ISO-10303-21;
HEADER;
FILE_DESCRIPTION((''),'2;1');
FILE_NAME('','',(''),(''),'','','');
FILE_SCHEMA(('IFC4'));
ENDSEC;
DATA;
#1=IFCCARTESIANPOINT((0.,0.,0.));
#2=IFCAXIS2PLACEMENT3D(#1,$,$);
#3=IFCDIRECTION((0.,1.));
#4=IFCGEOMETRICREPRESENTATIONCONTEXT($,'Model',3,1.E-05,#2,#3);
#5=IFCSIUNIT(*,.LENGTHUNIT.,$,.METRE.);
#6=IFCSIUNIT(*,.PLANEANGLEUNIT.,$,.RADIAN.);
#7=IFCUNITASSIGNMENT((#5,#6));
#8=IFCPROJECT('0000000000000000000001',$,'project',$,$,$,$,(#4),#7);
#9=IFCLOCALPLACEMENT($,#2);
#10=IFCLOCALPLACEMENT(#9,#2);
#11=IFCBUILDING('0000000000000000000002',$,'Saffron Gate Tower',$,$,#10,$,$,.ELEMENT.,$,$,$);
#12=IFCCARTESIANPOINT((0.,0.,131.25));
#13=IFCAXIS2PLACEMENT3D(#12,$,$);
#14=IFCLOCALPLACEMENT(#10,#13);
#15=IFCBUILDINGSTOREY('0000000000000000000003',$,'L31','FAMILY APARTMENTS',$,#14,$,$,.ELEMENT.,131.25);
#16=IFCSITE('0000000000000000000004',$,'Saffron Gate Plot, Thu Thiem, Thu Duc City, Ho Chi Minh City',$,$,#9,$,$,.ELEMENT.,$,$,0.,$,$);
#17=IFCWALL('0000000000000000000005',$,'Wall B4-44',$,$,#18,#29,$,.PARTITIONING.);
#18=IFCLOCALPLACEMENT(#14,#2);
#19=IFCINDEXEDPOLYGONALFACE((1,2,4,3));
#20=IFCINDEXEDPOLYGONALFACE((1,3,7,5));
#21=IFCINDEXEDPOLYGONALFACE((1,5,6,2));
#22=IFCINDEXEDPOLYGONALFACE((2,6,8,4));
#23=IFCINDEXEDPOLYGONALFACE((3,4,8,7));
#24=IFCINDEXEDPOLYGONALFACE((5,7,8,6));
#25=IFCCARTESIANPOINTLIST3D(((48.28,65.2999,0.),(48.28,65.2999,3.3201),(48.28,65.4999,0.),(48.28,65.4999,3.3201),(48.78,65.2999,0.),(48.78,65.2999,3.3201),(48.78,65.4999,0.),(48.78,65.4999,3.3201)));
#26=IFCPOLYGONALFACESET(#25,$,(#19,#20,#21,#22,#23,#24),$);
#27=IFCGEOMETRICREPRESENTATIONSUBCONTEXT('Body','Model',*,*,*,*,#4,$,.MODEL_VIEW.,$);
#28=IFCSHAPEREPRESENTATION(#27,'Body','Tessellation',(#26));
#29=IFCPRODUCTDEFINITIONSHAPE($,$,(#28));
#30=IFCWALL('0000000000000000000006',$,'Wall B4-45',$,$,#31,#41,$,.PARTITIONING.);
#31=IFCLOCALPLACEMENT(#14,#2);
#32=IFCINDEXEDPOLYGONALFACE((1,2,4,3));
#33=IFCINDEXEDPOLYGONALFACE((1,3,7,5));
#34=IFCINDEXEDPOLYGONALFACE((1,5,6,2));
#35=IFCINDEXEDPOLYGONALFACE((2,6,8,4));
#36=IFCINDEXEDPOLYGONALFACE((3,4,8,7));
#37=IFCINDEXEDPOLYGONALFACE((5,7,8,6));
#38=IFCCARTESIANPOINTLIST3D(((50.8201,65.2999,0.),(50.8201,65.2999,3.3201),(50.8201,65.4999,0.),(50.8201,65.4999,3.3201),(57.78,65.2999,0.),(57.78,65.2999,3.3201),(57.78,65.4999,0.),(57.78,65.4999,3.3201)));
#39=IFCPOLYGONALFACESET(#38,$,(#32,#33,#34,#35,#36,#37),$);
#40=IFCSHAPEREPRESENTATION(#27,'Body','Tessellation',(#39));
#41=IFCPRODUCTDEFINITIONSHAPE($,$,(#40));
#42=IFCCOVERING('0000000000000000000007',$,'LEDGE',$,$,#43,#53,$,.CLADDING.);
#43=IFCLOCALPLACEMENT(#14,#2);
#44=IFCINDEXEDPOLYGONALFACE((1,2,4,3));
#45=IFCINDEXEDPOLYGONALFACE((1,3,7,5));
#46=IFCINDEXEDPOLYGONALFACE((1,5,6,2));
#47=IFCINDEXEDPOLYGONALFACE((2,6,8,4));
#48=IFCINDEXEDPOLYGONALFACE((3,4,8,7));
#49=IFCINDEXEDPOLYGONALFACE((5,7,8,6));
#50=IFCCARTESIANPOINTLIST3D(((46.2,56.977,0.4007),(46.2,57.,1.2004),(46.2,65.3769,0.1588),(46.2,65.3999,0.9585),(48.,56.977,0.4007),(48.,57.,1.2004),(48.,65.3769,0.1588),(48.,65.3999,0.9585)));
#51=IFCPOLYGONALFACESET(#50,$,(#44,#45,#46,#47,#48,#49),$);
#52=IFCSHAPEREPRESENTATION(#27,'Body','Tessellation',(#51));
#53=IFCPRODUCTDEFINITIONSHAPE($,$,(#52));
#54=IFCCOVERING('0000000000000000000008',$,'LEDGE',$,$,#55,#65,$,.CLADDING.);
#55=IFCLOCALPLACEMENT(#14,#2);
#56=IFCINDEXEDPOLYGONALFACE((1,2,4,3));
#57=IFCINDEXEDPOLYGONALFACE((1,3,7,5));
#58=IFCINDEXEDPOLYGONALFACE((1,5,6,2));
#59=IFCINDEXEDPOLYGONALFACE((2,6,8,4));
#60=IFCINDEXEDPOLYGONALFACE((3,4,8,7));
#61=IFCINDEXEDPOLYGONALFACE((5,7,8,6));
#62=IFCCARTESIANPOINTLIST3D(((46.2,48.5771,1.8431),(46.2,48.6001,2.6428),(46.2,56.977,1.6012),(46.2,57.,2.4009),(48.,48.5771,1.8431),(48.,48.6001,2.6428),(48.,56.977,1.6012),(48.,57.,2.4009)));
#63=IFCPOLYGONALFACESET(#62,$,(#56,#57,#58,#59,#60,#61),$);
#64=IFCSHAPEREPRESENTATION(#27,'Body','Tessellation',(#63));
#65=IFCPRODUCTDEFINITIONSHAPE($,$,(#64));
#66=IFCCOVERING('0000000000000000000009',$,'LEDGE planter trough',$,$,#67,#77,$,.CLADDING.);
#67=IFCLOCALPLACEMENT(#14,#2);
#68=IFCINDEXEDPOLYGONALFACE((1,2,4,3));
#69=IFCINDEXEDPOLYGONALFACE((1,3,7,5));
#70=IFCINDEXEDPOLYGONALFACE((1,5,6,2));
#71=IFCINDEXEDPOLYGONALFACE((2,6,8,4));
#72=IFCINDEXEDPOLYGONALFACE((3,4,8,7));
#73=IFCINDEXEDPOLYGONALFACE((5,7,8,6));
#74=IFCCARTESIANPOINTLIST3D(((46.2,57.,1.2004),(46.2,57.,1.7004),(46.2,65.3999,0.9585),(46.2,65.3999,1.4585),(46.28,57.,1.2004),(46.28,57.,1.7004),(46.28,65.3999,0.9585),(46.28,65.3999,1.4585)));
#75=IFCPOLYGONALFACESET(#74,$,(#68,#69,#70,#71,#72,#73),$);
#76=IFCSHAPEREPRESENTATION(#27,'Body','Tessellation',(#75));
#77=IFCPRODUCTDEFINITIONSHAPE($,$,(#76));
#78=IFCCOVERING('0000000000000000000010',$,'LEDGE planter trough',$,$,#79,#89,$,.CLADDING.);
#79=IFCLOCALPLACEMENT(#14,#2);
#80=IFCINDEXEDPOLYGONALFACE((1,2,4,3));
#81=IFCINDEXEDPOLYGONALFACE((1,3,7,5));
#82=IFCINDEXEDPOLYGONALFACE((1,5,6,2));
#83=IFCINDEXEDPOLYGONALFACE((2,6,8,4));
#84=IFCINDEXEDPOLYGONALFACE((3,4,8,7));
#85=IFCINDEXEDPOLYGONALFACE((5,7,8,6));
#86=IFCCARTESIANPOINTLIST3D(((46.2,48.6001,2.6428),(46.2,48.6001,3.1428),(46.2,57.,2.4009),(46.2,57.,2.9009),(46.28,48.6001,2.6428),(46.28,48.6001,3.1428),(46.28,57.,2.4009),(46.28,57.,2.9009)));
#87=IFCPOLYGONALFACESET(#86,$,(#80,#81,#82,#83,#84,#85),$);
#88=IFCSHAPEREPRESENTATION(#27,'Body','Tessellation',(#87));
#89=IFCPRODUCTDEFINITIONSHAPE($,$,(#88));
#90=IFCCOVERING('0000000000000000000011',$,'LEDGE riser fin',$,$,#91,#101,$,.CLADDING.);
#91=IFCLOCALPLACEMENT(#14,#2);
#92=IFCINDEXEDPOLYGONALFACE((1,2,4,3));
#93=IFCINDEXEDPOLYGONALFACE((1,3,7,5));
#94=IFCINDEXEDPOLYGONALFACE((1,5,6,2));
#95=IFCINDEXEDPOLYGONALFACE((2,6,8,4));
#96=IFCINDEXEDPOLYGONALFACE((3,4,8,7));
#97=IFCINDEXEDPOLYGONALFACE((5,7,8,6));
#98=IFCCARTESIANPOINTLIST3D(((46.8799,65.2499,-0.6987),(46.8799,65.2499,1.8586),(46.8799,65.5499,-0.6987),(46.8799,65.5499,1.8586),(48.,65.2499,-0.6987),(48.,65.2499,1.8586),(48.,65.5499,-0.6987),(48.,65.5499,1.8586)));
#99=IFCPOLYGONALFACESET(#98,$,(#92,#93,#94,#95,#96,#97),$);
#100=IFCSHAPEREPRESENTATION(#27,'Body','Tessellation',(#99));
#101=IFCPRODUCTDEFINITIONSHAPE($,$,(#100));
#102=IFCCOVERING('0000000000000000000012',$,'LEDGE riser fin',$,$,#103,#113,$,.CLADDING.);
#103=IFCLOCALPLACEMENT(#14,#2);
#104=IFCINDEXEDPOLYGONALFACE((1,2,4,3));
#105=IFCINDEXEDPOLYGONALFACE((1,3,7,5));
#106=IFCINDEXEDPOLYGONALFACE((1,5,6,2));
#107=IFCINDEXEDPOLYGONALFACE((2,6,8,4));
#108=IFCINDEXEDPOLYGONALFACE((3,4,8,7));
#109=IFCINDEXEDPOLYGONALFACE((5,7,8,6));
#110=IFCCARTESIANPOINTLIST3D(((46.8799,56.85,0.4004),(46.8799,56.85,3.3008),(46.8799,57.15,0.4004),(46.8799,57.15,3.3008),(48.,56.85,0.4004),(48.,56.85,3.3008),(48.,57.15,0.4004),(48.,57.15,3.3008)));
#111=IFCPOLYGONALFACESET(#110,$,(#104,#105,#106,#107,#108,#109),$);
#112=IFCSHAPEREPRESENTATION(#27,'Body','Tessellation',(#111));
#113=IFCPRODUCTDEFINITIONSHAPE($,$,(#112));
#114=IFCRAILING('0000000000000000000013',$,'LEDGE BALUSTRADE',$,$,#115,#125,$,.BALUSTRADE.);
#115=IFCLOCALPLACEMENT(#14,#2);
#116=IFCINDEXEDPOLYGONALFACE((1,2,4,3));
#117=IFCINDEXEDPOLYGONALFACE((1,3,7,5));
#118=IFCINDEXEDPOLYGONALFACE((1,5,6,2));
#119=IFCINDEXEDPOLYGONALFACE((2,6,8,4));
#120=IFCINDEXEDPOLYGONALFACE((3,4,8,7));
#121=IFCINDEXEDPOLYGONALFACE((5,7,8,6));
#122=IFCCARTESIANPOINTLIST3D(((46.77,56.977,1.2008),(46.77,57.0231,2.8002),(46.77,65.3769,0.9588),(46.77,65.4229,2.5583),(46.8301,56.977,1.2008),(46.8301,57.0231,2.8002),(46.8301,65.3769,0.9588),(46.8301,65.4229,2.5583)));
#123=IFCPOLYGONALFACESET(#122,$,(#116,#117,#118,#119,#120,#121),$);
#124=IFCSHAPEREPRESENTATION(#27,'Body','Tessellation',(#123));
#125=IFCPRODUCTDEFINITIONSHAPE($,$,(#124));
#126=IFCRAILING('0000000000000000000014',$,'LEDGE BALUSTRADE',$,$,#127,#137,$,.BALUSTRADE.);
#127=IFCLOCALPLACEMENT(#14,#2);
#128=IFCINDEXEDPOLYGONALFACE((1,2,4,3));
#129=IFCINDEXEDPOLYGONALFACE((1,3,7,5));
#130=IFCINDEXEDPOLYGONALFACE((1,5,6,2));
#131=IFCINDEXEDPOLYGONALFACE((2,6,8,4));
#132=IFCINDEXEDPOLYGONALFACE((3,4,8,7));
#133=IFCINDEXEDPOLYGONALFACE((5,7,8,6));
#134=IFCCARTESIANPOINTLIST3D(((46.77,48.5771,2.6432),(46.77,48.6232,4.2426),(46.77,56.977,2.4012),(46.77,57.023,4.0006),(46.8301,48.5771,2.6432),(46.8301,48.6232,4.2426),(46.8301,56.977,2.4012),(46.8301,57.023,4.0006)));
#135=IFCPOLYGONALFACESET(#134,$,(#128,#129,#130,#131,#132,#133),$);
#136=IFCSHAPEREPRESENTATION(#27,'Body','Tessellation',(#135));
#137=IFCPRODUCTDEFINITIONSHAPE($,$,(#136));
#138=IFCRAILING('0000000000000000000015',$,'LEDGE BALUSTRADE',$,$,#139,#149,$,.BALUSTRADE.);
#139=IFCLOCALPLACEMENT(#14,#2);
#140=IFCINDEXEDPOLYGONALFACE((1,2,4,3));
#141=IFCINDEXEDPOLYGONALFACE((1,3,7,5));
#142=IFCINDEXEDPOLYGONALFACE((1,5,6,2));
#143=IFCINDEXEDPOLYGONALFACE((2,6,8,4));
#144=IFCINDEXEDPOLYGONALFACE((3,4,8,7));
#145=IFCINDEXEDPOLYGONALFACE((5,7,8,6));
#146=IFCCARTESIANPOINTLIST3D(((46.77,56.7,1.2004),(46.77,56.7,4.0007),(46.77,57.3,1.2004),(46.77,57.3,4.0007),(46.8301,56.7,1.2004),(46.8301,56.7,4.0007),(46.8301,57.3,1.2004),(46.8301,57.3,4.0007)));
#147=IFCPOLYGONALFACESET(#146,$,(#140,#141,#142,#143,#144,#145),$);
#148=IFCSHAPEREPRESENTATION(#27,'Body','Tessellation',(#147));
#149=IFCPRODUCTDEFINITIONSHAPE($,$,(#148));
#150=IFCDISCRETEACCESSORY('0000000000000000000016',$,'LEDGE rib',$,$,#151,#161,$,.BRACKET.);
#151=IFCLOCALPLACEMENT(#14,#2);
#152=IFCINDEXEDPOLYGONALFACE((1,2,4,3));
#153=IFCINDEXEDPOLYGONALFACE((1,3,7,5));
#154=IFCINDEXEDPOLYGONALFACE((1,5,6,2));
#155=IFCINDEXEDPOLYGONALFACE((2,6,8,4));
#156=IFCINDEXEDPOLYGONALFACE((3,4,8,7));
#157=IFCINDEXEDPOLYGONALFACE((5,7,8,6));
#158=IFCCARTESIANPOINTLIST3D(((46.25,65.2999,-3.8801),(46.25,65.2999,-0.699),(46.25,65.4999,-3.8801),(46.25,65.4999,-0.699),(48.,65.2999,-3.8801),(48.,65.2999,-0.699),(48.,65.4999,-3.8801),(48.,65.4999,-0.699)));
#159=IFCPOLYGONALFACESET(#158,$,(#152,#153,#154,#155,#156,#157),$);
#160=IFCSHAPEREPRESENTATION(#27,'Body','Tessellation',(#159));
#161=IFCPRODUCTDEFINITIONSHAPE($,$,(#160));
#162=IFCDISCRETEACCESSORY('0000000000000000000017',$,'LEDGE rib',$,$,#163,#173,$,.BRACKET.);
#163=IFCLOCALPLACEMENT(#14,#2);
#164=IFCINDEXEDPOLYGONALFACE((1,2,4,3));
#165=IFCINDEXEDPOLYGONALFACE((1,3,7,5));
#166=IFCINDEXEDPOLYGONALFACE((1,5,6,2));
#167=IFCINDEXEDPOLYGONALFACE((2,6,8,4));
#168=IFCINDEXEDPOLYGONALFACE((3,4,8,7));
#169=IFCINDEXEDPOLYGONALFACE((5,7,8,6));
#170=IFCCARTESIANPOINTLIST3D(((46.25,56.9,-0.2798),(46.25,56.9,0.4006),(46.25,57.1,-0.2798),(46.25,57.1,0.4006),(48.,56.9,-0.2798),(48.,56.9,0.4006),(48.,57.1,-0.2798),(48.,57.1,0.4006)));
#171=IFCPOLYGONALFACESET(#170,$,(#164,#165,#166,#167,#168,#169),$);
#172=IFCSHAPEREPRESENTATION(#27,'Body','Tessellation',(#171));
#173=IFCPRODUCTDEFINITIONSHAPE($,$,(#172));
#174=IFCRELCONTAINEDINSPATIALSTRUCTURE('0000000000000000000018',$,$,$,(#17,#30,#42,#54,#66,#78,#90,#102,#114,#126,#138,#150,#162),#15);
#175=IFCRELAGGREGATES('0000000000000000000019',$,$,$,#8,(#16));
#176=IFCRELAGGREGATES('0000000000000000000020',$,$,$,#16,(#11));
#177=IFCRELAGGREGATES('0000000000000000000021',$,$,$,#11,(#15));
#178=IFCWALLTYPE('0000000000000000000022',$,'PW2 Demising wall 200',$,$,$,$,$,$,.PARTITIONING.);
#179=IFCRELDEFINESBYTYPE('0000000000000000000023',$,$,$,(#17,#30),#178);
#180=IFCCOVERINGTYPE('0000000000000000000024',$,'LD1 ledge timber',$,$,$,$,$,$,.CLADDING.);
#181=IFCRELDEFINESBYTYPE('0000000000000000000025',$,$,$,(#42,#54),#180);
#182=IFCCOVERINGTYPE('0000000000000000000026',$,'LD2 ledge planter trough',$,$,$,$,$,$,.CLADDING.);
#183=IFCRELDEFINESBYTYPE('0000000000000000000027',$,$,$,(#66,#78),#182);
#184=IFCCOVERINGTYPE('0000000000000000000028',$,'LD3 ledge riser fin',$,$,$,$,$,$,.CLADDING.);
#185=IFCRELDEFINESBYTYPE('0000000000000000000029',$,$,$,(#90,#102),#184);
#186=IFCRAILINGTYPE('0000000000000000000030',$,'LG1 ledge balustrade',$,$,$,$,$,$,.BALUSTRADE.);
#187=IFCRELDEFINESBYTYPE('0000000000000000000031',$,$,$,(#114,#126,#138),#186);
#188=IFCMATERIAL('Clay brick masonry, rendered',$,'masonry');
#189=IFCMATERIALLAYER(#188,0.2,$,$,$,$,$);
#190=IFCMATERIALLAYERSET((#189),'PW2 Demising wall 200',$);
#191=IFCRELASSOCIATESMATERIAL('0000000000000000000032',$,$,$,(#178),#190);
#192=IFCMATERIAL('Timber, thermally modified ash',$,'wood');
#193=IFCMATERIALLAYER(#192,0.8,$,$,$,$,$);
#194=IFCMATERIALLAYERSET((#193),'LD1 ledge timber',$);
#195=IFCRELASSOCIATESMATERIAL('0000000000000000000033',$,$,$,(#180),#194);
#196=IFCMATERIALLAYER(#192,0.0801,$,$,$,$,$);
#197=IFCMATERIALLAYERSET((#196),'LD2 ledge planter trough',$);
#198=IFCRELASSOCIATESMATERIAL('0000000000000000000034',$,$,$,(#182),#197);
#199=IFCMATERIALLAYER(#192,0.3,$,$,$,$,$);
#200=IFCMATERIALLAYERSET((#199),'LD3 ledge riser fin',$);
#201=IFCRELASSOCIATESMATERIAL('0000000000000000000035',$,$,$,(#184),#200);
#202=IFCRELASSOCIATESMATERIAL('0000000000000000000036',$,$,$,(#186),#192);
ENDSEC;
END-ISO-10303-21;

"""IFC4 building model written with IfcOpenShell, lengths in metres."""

from ifc_helpers import new_model, si_unit, direction, frame, frame_2d, origin, origin_2d, place, context, subcontext, project, spatial, polyline, rectangle, outline, extrude, material, layer, layer_set, type_object, element, save


model = new_model("IFC4")

# Units and contexts
model_context = context("Model", 3, precision=1e-05, world=origin(), true_north=direction((0.0, 1.0)))
body_context = subcontext(model_context, "Body", "Model", "MODEL_VIEW")
ifc_project = project(units=[si_unit("LENGTHUNIT", "METRE"), si_unit("PLANEANGLEUNIT", "RADIAN")], contexts=[model_context])

# Site, building, storey
site_placement = place(None, origin())
site = spatial("IfcSite", under=ifc_project, at=site_placement, Name="Saffron Gate Plot, Thu Thiem, Thu Duc City, Ho Chi Minh City", CompositionType="ELEMENT", RefElevation=0.0)
building_placement = place(site_placement, origin())
building = spatial("IfcBuilding", under=site, at=building_placement, Name="Saffron Gate Tower", CompositionType="ELEMENT")
storey_placement = place(building_placement, frame((0.0, 0.0, 131.25)))
storey = spatial("IfcBuildingStorey", under=building, at=storey_placement, Name="L31", Description="FAMILY APARTMENTS", CompositionType="ELEMENT", Elevation=131.25)

# Walls
ifc_material_1 = material(Name="Clay brick masonry, rendered", Category="masonry")
ifc_layer_1 = layer(ifc_material_1, 0.2)
ifc_layer_set_1 = layer_set([ifc_layer_1], Name="PW2 Demising wall 200")
wall_type_1 = type_object("IfcWallType", Name="PW2 Demising wall 200", PredefinedType="PARTITIONING", material=ifc_layer_set_1)
wall_1_placement = place(storey_placement, frame((48.28, 65.3999, 0.0), z_axis=(0.0, 0.0, 1.0), x_axis=(1.0, 0.0, 0.0)))
element("IfcWall", 1, at=wall_1_placement, inside=storey, type_object=wall_type_1, Name="Wall B4-44", PredefinedType="PARTITIONING", context=body_context, shape_type="SweptSolid", body=[
    extrude(rectangle(XDim=0.5, YDim=0.2, at=frame_2d((0.25, 0.0))), origin(), (0.0, 0.0, 1.0), 3.3201),
])
wall_2_placement = place(storey_placement, frame((50.8201, 65.3999, 0.0), z_axis=(0.0, 0.0, 1.0), x_axis=(1.0, 0.0, 0.0)))
element("IfcWall", 2, at=wall_2_placement, inside=storey, type_object=wall_type_1, Name="Wall B4-45", PredefinedType="PARTITIONING", context=body_context, shape_type="SweptSolid", body=[
    extrude(rectangle(XDim=6.96, YDim=0.2, at=frame_2d((3.48, 0.0))), origin(), (0.0, 0.0, 1.0), 3.3201),
])

# Coverings
ifc_material_2 = material(Name="Timber, thermally modified ash", Category="wood")
ifc_layer_2 = layer(ifc_material_2, 0.8)
ifc_layer_set_2 = layer_set([ifc_layer_2], Name="LD1 ledge timber")
covering_type_1 = type_object("IfcCoveringType", Name="LD1 ledge timber", PredefinedType="CLADDING", material=ifc_layer_set_2)
for number, where, z_axis, x_axis, name in (
    (3, (48.0, 65.3999, 0.9585), (0.0, 0.028791, 0.999585), (0.0, -0.999585, 0.028791), "LEDGE"),
    (4, (48.0, 57.0, 2.4009), (0.0, 0.028791, 0.999585), (0.0, -0.999585, 0.028791), "LEDGE"),
):
    element("IfcCovering", number, at=place(storey_placement, frame(where, z_axis=z_axis, x_axis=x_axis)), inside=storey, type_object=covering_type_1, Name=name, PredefinedType="CLADDING", context=body_context, shape_type="SweptSolid", body=[
        extrude(outline(polyline([(0.0, 0.0), (8.4034, 0.0), (8.4034, -1.8), (0.0, -1.8), (0.0, 0.0)])), origin(), (0.0, 0.0, -1.0), 0.8),
    ])
ifc_layer_3 = layer(ifc_material_2, 0.0801)
ifc_layer_set_3 = layer_set([ifc_layer_3], Name="LD2 ledge planter trough")
covering_type_2 = type_object("IfcCoveringType", Name="LD2 ledge planter trough", PredefinedType="CLADDING", material=ifc_layer_set_3)
for number, where, z_axis, x_axis, name in (
    (5, (46.2, 65.3999, 0.9585), (-1.0, 0.0, 0.0), (0.0, -0.999585, 0.028791), "LEDGE planter trough"),
    (6, (46.2, 57.0, 2.4009), (-1.0, 0.0, 0.0), (0.0, -0.999585, 0.028791), "LEDGE planter trough"),
):
    element("IfcCovering", number, at=place(storey_placement, frame(where, z_axis=z_axis, x_axis=x_axis)), inside=storey, type_object=covering_type_2, Name=name, PredefinedType="CLADDING", context=body_context, shape_type="SweptSolid", body=[
        extrude(outline(polyline([(0.0, 0.0), (8.4034, 0.0), (8.4178, 0.4998), (0.0144, 0.4998), (0.0, 0.0)])), origin(), (0.0, 0.0, -1.0), 0.0801),
    ])
ifc_layer_4 = layer(ifc_material_2, 0.3)
ifc_layer_set_4 = layer_set([ifc_layer_4], Name="LD3 ledge riser fin")
covering_type_3 = type_object("IfcCoveringType", Name="LD3 ledge riser fin", PredefinedType="CLADDING", material=ifc_layer_set_4)
covering_1_placement = place(storey_placement, frame((47.4399, 65.3999, -0.6987), z_axis=(0.0, 0.0, 1.0), x_axis=(0.0, -1.0, 0.0)))
element("IfcCovering", 7, at=covering_1_placement, inside=storey, type_object=covering_type_3, Name="LEDGE riser fin", PredefinedType="CLADDING", context=body_context, shape_type="SweptSolid", body=[
    extrude(rectangle(XDim=0.3, YDim=1.1201, at=origin_2d()), origin(), (0.0, 0.0, 1.0), 2.5574),
])
covering_2_placement = place(storey_placement, frame((47.4399, 57.0, 0.4004), z_axis=(0.0, 0.0, 1.0), x_axis=(0.0, -1.0, 0.0)))
element("IfcCovering", 8, at=covering_2_placement, inside=storey, type_object=covering_type_3, Name="LEDGE riser fin", PredefinedType="CLADDING", context=body_context, shape_type="SweptSolid", body=[
    extrude(rectangle(XDim=0.3, YDim=1.1201, at=origin_2d()), origin(), (0.0, 0.0, 1.0), 2.9004),
])

# Railings
railing_type = type_object("IfcRailingType", Name="LG1 ledge balustrade", PredefinedType="BALUSTRADE", material=ifc_material_2)
for number, where, name in (
    (9, (46.8, 65.3999, 0.9585), "LEDGE BALUSTRADE"),
    (10, (46.8, 57.0, 2.4009), "LEDGE BALUSTRADE"),
):
    element("IfcRailing", number, at=place(storey_placement, frame(where)), inside=storey, type_object=railing_type, Name=name, PredefinedType="BALUSTRADE", context=body_context, shape_type="SweptSolid", body=[
        extrude(rectangle(XDim=0.0601, YDim=1.6001, at=origin_2d()), frame((0.0, 0.0, 0.8), z_axis=(0.0, -0.999585, 0.028791), x_axis=(1.0, 0.0, 0.0)), (0.0, 0.0, 1.0), 8.4033),
    ])
railing_placement = place(storey_placement, frame((46.8, 57.3, 1.2004)))
element("IfcRailing", 11, at=railing_placement, inside=storey, type_object=railing_type, Name="LEDGE BALUSTRADE", PredefinedType="BALUSTRADE", context=body_context, shape_type="SweptSolid", body=[
    extrude(rectangle(XDim=0.0601, YDim=2.8003, at=origin_2d()), frame((0.0, 0.0, 1.4001), z_axis=(0.0, -1.0, 0.0), x_axis=(1.0, 0.0, 0.0)), (0.0, 0.0, 1.0), 0.6001),
])

# Discrete accessories
discrete_accessory_1_placement = place(storey_placement, frame((47.125, 65.3999, -3.8801), z_axis=(0.0, 0.0, 1.0), x_axis=(0.0, -1.0, 0.0)))
element("IfcDiscreteAccessory", 12, at=discrete_accessory_1_placement, inside=storey, Name="LEDGE rib", PredefinedType="BRACKET", context=body_context, shape_type="SweptSolid", body=[
    extrude(rectangle(XDim=0.2, YDim=1.75, at=origin_2d()), origin(), (0.0, 0.0, 1.0), 3.1812),
])
discrete_accessory_2_placement = place(storey_placement, frame((47.125, 57.0, -0.2798), z_axis=(0.0, 0.0, 1.0), x_axis=(0.0, -1.0, 0.0)))
element("IfcDiscreteAccessory", 13, at=discrete_accessory_2_placement, inside=storey, Name="LEDGE rib", PredefinedType="BRACKET", context=body_context, shape_type="SweptSolid", body=[
    extrude(rectangle(XDim=0.2, YDim=1.75, at=origin_2d()), origin(), (0.0, 0.0, 1.0), 0.6804),
])

save(model, "model.ifc")
